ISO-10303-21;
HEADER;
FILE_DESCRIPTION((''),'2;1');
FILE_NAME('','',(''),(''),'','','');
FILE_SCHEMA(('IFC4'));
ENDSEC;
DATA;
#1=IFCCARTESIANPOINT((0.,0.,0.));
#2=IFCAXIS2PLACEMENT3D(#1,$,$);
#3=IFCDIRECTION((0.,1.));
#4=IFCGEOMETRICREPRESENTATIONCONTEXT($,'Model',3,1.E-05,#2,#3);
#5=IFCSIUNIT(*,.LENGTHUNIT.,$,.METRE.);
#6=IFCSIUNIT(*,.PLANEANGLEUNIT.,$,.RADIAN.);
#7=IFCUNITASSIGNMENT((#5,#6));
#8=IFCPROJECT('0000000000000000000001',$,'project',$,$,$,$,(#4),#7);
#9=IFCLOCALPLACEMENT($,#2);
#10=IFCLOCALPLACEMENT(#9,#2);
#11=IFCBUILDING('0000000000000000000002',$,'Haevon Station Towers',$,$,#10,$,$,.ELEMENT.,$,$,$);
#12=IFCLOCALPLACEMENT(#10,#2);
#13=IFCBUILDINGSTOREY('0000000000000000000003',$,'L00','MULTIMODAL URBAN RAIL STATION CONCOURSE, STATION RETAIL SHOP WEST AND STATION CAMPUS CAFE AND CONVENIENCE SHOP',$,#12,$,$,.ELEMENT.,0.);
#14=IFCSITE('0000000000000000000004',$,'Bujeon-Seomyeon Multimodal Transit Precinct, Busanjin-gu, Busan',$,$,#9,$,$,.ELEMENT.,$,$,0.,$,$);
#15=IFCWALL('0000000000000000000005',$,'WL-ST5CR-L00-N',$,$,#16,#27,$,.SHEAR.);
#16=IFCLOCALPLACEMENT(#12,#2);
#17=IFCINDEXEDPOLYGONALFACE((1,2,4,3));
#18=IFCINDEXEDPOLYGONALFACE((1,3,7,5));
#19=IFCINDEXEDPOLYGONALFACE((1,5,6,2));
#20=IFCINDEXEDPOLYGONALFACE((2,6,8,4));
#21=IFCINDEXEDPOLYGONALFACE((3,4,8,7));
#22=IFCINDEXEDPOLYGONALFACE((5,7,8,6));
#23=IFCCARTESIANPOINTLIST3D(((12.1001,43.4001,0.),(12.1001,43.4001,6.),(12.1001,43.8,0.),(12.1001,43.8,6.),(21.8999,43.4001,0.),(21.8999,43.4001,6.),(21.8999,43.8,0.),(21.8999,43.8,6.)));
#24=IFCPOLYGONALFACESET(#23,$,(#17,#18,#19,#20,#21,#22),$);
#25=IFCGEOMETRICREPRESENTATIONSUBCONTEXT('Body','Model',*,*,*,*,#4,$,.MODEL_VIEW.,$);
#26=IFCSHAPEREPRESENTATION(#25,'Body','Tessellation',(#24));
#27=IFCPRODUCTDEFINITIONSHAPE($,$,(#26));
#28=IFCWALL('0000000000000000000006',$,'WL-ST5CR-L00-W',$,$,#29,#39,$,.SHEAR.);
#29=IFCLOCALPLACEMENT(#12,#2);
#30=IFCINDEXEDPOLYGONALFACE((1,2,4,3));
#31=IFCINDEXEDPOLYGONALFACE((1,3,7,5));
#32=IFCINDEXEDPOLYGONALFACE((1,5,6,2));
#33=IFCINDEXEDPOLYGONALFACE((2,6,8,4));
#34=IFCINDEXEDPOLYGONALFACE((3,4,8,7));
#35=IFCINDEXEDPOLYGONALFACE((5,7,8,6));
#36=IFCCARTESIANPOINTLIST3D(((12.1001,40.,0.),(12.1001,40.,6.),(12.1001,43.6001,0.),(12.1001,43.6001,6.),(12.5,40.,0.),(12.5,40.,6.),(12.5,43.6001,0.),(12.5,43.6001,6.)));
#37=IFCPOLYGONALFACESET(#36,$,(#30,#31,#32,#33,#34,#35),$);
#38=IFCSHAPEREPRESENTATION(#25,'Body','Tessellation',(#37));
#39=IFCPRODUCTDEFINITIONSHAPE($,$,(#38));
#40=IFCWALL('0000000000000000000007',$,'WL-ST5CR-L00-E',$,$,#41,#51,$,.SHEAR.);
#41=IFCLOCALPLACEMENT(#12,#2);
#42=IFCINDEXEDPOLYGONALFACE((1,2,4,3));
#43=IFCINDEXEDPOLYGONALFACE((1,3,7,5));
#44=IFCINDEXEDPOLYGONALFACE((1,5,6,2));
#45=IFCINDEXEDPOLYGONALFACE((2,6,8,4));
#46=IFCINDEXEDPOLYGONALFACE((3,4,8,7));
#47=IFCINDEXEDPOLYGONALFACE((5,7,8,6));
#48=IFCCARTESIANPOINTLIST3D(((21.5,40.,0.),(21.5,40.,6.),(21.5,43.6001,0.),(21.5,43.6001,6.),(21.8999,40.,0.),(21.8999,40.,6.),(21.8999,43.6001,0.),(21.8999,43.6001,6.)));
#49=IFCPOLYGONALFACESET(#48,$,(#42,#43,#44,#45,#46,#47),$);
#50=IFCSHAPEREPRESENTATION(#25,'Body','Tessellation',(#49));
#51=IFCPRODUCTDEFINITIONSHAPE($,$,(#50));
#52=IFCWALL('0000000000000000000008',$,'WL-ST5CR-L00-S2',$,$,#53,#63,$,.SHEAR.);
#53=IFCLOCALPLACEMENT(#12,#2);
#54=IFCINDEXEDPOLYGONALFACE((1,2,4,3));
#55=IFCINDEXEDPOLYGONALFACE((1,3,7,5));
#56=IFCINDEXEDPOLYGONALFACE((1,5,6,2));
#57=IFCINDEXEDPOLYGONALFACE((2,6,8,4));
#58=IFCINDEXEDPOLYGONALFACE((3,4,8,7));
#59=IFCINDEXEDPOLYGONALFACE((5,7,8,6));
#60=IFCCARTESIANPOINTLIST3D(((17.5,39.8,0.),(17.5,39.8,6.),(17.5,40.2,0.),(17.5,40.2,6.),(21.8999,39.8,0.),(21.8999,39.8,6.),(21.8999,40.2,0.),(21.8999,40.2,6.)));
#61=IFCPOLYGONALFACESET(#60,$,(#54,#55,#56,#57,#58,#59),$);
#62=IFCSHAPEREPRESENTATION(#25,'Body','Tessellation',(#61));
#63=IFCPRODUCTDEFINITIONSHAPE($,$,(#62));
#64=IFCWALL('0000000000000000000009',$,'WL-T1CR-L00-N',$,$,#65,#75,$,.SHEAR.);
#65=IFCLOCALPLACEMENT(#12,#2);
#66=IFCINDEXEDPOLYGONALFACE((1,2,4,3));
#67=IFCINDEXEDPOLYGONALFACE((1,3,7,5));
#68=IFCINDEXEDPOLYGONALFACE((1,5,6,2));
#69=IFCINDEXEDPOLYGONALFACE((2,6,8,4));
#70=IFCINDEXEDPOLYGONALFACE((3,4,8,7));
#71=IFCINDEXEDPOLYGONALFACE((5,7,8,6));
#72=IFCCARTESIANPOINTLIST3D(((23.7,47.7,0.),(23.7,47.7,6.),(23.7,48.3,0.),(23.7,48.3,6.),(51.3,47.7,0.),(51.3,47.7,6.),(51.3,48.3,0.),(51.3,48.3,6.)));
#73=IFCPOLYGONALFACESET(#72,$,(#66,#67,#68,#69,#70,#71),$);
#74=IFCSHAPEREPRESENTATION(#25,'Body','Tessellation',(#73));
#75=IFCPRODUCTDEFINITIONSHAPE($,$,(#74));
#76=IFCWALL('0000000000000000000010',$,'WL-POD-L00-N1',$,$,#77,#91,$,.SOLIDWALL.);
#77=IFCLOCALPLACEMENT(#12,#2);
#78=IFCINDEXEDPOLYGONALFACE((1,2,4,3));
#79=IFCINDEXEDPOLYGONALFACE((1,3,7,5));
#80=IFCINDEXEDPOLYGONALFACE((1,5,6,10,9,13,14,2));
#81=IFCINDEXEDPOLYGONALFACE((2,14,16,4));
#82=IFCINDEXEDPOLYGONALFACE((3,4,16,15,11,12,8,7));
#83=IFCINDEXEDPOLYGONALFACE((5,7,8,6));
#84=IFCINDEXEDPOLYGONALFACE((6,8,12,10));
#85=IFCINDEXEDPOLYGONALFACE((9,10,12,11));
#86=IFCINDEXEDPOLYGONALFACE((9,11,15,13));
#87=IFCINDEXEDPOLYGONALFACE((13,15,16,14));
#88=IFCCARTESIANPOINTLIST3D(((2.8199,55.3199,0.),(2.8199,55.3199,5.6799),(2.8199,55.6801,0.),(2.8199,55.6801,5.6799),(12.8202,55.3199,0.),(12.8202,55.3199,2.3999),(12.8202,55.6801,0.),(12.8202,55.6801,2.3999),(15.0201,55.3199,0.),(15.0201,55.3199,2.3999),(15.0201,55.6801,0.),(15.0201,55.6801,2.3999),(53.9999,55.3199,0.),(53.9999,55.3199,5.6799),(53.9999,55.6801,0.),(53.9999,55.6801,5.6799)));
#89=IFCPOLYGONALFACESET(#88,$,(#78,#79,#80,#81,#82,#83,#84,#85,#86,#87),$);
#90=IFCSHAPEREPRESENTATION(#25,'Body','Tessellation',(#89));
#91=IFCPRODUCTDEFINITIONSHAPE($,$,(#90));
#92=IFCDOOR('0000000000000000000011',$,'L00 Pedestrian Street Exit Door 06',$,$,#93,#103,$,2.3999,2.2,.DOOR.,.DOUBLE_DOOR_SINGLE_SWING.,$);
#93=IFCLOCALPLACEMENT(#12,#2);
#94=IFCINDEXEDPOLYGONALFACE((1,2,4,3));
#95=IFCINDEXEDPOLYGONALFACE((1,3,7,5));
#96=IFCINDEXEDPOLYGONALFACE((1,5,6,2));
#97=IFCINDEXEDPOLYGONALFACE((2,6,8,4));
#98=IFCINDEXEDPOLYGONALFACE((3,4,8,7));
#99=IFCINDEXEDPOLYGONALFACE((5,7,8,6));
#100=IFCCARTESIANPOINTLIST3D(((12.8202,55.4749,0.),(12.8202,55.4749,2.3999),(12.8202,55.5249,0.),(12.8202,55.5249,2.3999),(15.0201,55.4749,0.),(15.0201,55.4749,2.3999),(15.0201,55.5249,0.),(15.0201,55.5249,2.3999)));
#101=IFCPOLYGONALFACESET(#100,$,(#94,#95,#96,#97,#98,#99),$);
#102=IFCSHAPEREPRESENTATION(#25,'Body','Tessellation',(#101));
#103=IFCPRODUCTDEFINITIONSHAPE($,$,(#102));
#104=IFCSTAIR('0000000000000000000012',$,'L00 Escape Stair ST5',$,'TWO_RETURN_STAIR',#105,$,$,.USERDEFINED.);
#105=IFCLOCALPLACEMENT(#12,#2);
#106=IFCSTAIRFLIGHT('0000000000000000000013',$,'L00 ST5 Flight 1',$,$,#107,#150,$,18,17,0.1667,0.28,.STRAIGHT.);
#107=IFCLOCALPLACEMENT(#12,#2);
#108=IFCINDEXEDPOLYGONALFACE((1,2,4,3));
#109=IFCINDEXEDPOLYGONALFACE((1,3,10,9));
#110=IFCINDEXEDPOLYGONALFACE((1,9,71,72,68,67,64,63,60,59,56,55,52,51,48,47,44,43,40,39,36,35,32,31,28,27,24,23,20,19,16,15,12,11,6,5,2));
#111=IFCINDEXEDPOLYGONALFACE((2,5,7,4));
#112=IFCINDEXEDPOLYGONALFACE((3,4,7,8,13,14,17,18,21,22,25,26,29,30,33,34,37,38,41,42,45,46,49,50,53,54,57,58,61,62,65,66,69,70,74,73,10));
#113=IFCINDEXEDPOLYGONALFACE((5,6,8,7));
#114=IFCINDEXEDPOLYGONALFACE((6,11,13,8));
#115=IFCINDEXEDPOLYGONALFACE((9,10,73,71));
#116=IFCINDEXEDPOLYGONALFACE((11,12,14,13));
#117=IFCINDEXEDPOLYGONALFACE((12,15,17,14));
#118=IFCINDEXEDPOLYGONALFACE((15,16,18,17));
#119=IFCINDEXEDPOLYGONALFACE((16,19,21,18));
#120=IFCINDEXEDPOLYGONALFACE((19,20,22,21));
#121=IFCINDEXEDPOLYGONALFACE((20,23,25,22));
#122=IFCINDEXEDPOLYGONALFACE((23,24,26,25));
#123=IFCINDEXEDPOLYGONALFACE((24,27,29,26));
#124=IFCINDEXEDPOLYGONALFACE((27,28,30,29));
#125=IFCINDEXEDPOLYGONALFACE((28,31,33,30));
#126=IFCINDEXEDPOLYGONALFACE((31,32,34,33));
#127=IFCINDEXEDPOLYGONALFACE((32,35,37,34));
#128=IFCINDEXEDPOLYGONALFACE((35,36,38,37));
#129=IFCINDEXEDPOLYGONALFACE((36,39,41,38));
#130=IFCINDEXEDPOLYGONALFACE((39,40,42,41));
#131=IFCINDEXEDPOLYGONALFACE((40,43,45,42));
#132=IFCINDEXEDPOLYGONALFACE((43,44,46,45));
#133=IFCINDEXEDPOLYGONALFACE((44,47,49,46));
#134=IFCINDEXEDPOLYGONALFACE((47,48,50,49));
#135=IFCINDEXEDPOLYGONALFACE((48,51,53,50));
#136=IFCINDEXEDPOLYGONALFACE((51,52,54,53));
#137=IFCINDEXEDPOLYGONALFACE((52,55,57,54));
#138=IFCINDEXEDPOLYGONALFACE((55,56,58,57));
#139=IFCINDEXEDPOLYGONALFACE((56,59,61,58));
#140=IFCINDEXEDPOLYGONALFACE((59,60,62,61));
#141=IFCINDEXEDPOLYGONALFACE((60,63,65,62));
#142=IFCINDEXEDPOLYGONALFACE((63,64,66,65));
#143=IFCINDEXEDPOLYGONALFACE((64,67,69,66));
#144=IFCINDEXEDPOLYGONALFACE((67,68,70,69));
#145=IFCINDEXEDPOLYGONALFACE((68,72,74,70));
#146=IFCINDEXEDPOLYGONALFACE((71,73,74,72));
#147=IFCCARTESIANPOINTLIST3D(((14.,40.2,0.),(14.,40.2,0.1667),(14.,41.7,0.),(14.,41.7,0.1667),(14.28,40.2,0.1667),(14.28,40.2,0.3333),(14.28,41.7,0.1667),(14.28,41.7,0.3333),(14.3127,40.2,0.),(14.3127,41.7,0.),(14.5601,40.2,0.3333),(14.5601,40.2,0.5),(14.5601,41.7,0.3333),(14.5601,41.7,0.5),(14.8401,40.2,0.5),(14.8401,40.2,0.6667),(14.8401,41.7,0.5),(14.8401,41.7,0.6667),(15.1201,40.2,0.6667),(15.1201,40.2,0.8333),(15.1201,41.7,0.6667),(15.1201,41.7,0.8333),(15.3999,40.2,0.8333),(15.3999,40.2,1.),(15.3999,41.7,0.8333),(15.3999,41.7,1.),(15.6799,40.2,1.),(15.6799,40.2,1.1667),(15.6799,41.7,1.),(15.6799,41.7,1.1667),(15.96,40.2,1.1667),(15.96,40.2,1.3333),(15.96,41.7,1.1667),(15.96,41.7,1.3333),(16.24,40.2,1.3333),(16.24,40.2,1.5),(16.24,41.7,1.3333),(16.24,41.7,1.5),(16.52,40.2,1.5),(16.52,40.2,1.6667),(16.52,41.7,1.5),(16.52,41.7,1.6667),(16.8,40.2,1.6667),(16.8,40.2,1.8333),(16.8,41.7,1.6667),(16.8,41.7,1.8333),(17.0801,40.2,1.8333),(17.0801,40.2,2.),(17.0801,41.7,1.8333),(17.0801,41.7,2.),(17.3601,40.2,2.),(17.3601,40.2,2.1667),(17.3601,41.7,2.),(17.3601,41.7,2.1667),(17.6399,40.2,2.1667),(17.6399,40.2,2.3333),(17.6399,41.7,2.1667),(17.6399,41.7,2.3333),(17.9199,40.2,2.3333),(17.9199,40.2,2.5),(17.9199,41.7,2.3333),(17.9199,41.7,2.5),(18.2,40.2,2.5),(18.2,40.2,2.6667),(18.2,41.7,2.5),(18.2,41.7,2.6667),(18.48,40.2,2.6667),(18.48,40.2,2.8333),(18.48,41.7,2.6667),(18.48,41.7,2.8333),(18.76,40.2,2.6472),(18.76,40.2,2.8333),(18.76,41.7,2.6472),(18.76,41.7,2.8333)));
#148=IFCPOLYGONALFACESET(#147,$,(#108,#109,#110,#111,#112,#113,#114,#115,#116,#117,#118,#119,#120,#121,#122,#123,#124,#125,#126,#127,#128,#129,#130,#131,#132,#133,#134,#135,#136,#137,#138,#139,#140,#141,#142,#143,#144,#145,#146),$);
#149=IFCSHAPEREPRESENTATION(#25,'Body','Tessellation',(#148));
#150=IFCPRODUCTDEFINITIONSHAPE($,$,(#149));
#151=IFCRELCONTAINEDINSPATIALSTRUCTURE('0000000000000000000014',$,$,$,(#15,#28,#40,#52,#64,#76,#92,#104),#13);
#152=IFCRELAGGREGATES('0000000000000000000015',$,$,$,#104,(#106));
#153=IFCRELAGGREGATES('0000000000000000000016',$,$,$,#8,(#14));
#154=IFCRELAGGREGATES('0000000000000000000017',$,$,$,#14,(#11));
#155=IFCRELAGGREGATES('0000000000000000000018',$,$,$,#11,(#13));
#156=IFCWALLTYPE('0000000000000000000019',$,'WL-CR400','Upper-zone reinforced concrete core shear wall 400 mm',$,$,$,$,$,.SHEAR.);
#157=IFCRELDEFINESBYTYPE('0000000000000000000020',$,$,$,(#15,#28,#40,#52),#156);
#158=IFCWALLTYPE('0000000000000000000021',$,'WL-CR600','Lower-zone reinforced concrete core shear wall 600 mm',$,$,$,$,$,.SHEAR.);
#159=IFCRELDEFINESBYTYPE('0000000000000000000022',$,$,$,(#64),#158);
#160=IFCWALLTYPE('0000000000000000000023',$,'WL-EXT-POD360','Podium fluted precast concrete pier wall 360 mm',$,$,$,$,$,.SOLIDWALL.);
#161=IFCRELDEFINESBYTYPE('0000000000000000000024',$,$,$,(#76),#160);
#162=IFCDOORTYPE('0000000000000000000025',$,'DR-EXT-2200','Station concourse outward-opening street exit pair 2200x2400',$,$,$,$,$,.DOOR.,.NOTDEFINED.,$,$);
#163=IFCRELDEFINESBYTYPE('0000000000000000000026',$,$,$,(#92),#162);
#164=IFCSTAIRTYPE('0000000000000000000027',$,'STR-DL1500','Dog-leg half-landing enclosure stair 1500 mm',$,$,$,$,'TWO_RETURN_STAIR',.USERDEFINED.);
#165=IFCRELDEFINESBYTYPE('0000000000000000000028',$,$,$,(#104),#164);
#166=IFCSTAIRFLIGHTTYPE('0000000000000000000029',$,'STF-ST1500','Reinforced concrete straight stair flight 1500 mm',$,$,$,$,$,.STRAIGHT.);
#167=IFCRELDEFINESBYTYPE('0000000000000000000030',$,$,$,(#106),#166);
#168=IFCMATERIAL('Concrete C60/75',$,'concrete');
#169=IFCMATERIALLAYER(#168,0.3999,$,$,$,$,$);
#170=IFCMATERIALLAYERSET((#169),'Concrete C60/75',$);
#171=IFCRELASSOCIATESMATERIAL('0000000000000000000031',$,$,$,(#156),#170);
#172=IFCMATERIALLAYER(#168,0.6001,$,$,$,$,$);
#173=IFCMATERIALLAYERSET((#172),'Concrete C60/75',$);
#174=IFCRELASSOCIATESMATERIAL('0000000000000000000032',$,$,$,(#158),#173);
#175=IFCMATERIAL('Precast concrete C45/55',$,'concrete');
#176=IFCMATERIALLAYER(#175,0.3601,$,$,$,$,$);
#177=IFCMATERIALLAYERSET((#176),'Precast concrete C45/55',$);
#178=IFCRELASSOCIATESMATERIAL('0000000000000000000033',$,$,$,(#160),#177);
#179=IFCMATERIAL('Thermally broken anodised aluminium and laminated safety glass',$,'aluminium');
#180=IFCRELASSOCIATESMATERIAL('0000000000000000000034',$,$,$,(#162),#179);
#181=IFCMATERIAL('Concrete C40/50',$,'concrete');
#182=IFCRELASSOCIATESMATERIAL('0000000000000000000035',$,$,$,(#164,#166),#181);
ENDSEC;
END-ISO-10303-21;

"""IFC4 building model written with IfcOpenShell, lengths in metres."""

from ifc_helpers import new_model, si_unit, direction, frame, frame_2d, origin, place, context, subcontext, project, spatial, polyline, rectangle, outline, extrude, material, layer, layer_set, type_object, element, fill, aggregate, save


model = new_model("IFC4")

# Units and contexts
model_context = context("Model", 3, precision=1e-05, world=origin(), true_north=direction((0.0, 1.0)))
body_context = subcontext(model_context, "Body", "Model", "MODEL_VIEW")
ifc_project = project(units=[si_unit("LENGTHUNIT", "METRE"), si_unit("PLANEANGLEUNIT", "RADIAN")], contexts=[model_context])

# Site, building, storey
site_placement = place(None, origin())
site = spatial("IfcSite", under=ifc_project, at=site_placement, Name="Bujeon-Seomyeon Multimodal Transit Precinct, Busanjin-gu, Busan", CompositionType="ELEMENT", RefElevation=0.0)
building_placement = place(site_placement, origin())
building = spatial("IfcBuilding", under=site, at=building_placement, Name="Haevon Station Towers", CompositionType="ELEMENT")
storey_placement = place(building_placement, origin())
storey = spatial("IfcBuildingStorey", under=building, at=storey_placement, Name="L00", Description="MULTIMODAL URBAN RAIL STATION CONCOURSE, STATION RETAIL SHOP WEST AND STATION CAMPUS CAFE AND CONVENIENCE SHOP", CompositionType="ELEMENT", Elevation=0.0)

# Walls
ifc_material_1 = material(Name="Concrete C60/75", Category="concrete")
ifc_layer_1 = layer(ifc_material_1, 0.3999)
ifc_layer_set_1 = layer_set([ifc_layer_1], Name="Concrete C60/75")
wall_type_1 = type_object("IfcWallType", Name="WL-CR400", Description="Upper-zone reinforced concrete core shear wall 400 mm", PredefinedType="SHEAR", material=ifc_layer_set_1)
wall_1_placement = place(storey_placement, frame((12.1001, 43.6001, 0.0), z_axis=(0.0, 0.0, 1.0), x_axis=(1.0, 0.0, 0.0)))
element("IfcWall", 1, at=wall_1_placement, inside=storey, type_object=wall_type_1, Name="WL-ST5CR-L00-N", PredefinedType="SHEAR", context=body_context, shape_type="SweptSolid", body=[
    extrude(rectangle(XDim=9.7998, YDim=0.3999, at=frame_2d((4.8999, 0.0))), origin(), (0.0, 0.0, 1.0), 6.0),
])
for number, where, z_axis, x_axis, name in (
    (2, (12.3, 40.0, 0.0), (0.0, 0.0, 1.0), (0.0, 1.0, 0.0), "WL-ST5CR-L00-W"),
    (3, (21.7, 40.0, 0.0), (0.0, 0.0, 1.0), (0.0, 1.0, 0.0), "WL-ST5CR-L00-E"),
):
    element("IfcWall", number, at=place(storey_placement, frame(where, z_axis=z_axis, x_axis=x_axis)), inside=storey, type_object=wall_type_1, Name=name, PredefinedType="SHEAR", context=body_context, shape_type="SweptSolid", body=[
        extrude(rectangle(XDim=3.6001, YDim=0.3999, at=frame_2d((1.8, 0.0))), origin(), (0.0, 0.0, 1.0), 6.0),
    ])
wall_2_placement = place(storey_placement, frame((17.5, 40.0, 0.0), z_axis=(0.0, 0.0, 1.0), x_axis=(1.0, 0.0, 0.0)))
element("IfcWall", 4, at=wall_2_placement, inside=storey, type_object=wall_type_1, Name="WL-ST5CR-L00-S2", PredefinedType="SHEAR", context=body_context, shape_type="SweptSolid", body=[
    extrude(rectangle(XDim=4.3999, YDim=0.3999, at=frame_2d((2.2, 0.0))), origin(), (0.0, 0.0, 1.0), 6.0),
])
ifc_layer_2 = layer(ifc_material_1, 0.6001)
ifc_layer_set_2 = layer_set([ifc_layer_2], Name="Concrete C60/75")
wall_type_2 = type_object("IfcWallType", Name="WL-CR600", Description="Lower-zone reinforced concrete core shear wall 600 mm", PredefinedType="SHEAR", material=ifc_layer_set_2)
wall_3_placement = place(storey_placement, frame((23.7, 48.0, 0.0), z_axis=(0.0, 0.0, 1.0), x_axis=(1.0, 0.0, 0.0)))
element("IfcWall", 5, at=wall_3_placement, inside=storey, type_object=wall_type_2, Name="WL-T1CR-L00-N", PredefinedType="SHEAR", context=body_context, shape_type="SweptSolid", body=[
    extrude(rectangle(XDim=27.6001, YDim=0.6001, at=frame_2d((13.8, 0.0))), origin(), (0.0, 0.0, 1.0), 6.0),
])

# Wall, opening, door
ifc_material_2 = material(Name="Precast concrete C45/55", Category="concrete")
ifc_layer_3 = layer(ifc_material_2, 0.3601)
ifc_layer_set_3 = layer_set([ifc_layer_3], Name="Precast concrete C45/55")
wall_type_3 = type_object("IfcWallType", Name="WL-EXT-POD360", Description="Podium fluted precast concrete pier wall 360 mm", PredefinedType="SOLIDWALL", material=ifc_layer_set_3)
wall_4_placement = place(storey_placement, frame((2.8201, 55.5, 0.0), z_axis=(0.0, 0.0, 1.0), x_axis=(1.0, 0.0, 0.0)))
wall_4 = element("IfcWall", 6, at=wall_4_placement, inside=storey, type_object=wall_type_3, Name="WL-POD-L00-N1", PredefinedType="SOLIDWALL", context=body_context, shape_type="SweptSolid", body=[
    extrude(rectangle(XDim=51.1799, YDim=0.3601, at=frame_2d((25.5898, 0.0))), origin(), (0.0, 0.0, 1.0), 5.6799),
])
opening_1_placement = place(wall_4_placement, frame((10.0, 0.0, 0.0)))
opening_1 = element("IfcOpeningElement", 7, at=opening_1_placement, cuts=wall_4, PredefinedType="OPENING", context=body_context, shape_type="SweptSolid", body=[
    extrude(rectangle(XDim=2.2, YDim=2.3999, at=frame_2d((1.1001, 1.2))), frame((0.0, 0.1899, 0.0), z_axis=(0.0, -1.0, 0.0), x_axis=(1.0, 0.0, 0.0)), (0.0, 0.0, 1.0), 0.3801),
])
ifc_material_3 = material(Name="Thermally broken anodised aluminium and laminated safety glass", Category="aluminium")
door_type_1 = type_object("IfcDoorType", Name="DR-EXT-2200", Description="Station concourse outward-opening street exit pair 2200x2400", OperationType="NOTDEFINED", PredefinedType="DOOR", material=ifc_material_3)
door_1_placement = place(opening_1_placement, origin())
door_1 = element("IfcDoor", 8, at=door_1_placement, inside=storey, type_object=door_type_1, Name="L00 Pedestrian Street Exit Door 06", OperationType="DOUBLE_DOOR_SINGLE_SWING", OverallHeight=2.3999, OverallWidth=2.2, PredefinedType="DOOR", context=body_context, shape_type="SweptSolid", body=[
    extrude(rectangle(XDim=2.2, YDim=2.3999, at=frame_2d((1.1001, 1.2))), frame((0.0, 0.0249, 0.0), z_axis=(0.0, -1.0, 0.0), x_axis=(1.0, 0.0, 0.0)), (0.0, 0.0, 1.0), 0.05),
])
fill(opening_1, door_1)

# Stair, stair flight
ifc_material_4 = material(Name="Concrete C40/50", Category="concrete")
stair_type = type_object("IfcStairType", Name="STR-DL1500", Description="Dog-leg half-landing enclosure stair 1500 mm", ElementType="TWO_RETURN_STAIR", PredefinedType="USERDEFINED", material=ifc_material_4)
stair_placement = place(storey_placement, origin())
stair = element("IfcStair", 9, at=stair_placement, inside=storey, type_object=stair_type, Name="L00 Escape Stair ST5", ObjectType="TWO_RETURN_STAIR", PredefinedType="USERDEFINED")
stair_flight_type = type_object("IfcStairFlightType", Name="STF-ST1500", Description="Reinforced concrete straight stair flight 1500 mm", PredefinedType="STRAIGHT", material=ifc_material_4)
stair_flight_1_placement = place(storey_placement, frame((14.0, 40.95, 0.0), z_axis=(0.0, 0.0, 1.0), x_axis=(1.0, 0.0, 0.0)))
stair_flight_1 = element("IfcStairFlight", 10, at=stair_flight_1_placement, type_object=stair_flight_type, Name="L00 ST5 Flight 1", NumberOfRisers=18, NumberOfTreads=17, PredefinedType="STRAIGHT", RiserHeight=0.1667, TreadLength=0.28, context=body_context, shape_type="SweptSolid", body=[
    extrude(outline(polyline([(0.0, 0.0), (0.0, 0.1667), (0.28, 0.1667), (0.28, 0.3333), (0.5601, 0.3333), (0.5601, 0.5), (0.8401, 0.5), (0.8401, 0.6667), (1.1201, 0.6667), (1.1201, 0.8333), (1.3999, 0.8333), (1.3999, 1.0), (1.6799, 1.0), (1.6799, 1.1667), (1.96, 1.1667), (1.96, 1.3333), (2.24, 1.3333), (2.24, 1.5), (2.52, 1.5), (2.52, 1.6667), (2.8, 1.6667), (2.8, 1.8333), (3.0801, 1.8333), (3.0801, 2.0), (3.3601, 2.0), (3.3601, 2.1667), (3.6399, 2.1667), (3.6399, 2.3333), (3.9199, 2.3333), (3.9199, 2.5), (4.2, 2.5), (4.2, 2.6667), (4.48, 2.6667), (4.48, 2.8333), (4.76, 2.8333), (4.76, 3.0), (4.76, 2.6472), (0.3127, 0.0), (0.0, 0.0)])), frame((0.0, 0.75, 0.0), z_axis=(0.0, -1.0, 0.0), x_axis=(1.0, 0.0, 0.0)), (0.0, 0.0, 1.0), 1.5),
])
aggregate(stair, [stair_flight_1])

save(model, "model.ifc")
